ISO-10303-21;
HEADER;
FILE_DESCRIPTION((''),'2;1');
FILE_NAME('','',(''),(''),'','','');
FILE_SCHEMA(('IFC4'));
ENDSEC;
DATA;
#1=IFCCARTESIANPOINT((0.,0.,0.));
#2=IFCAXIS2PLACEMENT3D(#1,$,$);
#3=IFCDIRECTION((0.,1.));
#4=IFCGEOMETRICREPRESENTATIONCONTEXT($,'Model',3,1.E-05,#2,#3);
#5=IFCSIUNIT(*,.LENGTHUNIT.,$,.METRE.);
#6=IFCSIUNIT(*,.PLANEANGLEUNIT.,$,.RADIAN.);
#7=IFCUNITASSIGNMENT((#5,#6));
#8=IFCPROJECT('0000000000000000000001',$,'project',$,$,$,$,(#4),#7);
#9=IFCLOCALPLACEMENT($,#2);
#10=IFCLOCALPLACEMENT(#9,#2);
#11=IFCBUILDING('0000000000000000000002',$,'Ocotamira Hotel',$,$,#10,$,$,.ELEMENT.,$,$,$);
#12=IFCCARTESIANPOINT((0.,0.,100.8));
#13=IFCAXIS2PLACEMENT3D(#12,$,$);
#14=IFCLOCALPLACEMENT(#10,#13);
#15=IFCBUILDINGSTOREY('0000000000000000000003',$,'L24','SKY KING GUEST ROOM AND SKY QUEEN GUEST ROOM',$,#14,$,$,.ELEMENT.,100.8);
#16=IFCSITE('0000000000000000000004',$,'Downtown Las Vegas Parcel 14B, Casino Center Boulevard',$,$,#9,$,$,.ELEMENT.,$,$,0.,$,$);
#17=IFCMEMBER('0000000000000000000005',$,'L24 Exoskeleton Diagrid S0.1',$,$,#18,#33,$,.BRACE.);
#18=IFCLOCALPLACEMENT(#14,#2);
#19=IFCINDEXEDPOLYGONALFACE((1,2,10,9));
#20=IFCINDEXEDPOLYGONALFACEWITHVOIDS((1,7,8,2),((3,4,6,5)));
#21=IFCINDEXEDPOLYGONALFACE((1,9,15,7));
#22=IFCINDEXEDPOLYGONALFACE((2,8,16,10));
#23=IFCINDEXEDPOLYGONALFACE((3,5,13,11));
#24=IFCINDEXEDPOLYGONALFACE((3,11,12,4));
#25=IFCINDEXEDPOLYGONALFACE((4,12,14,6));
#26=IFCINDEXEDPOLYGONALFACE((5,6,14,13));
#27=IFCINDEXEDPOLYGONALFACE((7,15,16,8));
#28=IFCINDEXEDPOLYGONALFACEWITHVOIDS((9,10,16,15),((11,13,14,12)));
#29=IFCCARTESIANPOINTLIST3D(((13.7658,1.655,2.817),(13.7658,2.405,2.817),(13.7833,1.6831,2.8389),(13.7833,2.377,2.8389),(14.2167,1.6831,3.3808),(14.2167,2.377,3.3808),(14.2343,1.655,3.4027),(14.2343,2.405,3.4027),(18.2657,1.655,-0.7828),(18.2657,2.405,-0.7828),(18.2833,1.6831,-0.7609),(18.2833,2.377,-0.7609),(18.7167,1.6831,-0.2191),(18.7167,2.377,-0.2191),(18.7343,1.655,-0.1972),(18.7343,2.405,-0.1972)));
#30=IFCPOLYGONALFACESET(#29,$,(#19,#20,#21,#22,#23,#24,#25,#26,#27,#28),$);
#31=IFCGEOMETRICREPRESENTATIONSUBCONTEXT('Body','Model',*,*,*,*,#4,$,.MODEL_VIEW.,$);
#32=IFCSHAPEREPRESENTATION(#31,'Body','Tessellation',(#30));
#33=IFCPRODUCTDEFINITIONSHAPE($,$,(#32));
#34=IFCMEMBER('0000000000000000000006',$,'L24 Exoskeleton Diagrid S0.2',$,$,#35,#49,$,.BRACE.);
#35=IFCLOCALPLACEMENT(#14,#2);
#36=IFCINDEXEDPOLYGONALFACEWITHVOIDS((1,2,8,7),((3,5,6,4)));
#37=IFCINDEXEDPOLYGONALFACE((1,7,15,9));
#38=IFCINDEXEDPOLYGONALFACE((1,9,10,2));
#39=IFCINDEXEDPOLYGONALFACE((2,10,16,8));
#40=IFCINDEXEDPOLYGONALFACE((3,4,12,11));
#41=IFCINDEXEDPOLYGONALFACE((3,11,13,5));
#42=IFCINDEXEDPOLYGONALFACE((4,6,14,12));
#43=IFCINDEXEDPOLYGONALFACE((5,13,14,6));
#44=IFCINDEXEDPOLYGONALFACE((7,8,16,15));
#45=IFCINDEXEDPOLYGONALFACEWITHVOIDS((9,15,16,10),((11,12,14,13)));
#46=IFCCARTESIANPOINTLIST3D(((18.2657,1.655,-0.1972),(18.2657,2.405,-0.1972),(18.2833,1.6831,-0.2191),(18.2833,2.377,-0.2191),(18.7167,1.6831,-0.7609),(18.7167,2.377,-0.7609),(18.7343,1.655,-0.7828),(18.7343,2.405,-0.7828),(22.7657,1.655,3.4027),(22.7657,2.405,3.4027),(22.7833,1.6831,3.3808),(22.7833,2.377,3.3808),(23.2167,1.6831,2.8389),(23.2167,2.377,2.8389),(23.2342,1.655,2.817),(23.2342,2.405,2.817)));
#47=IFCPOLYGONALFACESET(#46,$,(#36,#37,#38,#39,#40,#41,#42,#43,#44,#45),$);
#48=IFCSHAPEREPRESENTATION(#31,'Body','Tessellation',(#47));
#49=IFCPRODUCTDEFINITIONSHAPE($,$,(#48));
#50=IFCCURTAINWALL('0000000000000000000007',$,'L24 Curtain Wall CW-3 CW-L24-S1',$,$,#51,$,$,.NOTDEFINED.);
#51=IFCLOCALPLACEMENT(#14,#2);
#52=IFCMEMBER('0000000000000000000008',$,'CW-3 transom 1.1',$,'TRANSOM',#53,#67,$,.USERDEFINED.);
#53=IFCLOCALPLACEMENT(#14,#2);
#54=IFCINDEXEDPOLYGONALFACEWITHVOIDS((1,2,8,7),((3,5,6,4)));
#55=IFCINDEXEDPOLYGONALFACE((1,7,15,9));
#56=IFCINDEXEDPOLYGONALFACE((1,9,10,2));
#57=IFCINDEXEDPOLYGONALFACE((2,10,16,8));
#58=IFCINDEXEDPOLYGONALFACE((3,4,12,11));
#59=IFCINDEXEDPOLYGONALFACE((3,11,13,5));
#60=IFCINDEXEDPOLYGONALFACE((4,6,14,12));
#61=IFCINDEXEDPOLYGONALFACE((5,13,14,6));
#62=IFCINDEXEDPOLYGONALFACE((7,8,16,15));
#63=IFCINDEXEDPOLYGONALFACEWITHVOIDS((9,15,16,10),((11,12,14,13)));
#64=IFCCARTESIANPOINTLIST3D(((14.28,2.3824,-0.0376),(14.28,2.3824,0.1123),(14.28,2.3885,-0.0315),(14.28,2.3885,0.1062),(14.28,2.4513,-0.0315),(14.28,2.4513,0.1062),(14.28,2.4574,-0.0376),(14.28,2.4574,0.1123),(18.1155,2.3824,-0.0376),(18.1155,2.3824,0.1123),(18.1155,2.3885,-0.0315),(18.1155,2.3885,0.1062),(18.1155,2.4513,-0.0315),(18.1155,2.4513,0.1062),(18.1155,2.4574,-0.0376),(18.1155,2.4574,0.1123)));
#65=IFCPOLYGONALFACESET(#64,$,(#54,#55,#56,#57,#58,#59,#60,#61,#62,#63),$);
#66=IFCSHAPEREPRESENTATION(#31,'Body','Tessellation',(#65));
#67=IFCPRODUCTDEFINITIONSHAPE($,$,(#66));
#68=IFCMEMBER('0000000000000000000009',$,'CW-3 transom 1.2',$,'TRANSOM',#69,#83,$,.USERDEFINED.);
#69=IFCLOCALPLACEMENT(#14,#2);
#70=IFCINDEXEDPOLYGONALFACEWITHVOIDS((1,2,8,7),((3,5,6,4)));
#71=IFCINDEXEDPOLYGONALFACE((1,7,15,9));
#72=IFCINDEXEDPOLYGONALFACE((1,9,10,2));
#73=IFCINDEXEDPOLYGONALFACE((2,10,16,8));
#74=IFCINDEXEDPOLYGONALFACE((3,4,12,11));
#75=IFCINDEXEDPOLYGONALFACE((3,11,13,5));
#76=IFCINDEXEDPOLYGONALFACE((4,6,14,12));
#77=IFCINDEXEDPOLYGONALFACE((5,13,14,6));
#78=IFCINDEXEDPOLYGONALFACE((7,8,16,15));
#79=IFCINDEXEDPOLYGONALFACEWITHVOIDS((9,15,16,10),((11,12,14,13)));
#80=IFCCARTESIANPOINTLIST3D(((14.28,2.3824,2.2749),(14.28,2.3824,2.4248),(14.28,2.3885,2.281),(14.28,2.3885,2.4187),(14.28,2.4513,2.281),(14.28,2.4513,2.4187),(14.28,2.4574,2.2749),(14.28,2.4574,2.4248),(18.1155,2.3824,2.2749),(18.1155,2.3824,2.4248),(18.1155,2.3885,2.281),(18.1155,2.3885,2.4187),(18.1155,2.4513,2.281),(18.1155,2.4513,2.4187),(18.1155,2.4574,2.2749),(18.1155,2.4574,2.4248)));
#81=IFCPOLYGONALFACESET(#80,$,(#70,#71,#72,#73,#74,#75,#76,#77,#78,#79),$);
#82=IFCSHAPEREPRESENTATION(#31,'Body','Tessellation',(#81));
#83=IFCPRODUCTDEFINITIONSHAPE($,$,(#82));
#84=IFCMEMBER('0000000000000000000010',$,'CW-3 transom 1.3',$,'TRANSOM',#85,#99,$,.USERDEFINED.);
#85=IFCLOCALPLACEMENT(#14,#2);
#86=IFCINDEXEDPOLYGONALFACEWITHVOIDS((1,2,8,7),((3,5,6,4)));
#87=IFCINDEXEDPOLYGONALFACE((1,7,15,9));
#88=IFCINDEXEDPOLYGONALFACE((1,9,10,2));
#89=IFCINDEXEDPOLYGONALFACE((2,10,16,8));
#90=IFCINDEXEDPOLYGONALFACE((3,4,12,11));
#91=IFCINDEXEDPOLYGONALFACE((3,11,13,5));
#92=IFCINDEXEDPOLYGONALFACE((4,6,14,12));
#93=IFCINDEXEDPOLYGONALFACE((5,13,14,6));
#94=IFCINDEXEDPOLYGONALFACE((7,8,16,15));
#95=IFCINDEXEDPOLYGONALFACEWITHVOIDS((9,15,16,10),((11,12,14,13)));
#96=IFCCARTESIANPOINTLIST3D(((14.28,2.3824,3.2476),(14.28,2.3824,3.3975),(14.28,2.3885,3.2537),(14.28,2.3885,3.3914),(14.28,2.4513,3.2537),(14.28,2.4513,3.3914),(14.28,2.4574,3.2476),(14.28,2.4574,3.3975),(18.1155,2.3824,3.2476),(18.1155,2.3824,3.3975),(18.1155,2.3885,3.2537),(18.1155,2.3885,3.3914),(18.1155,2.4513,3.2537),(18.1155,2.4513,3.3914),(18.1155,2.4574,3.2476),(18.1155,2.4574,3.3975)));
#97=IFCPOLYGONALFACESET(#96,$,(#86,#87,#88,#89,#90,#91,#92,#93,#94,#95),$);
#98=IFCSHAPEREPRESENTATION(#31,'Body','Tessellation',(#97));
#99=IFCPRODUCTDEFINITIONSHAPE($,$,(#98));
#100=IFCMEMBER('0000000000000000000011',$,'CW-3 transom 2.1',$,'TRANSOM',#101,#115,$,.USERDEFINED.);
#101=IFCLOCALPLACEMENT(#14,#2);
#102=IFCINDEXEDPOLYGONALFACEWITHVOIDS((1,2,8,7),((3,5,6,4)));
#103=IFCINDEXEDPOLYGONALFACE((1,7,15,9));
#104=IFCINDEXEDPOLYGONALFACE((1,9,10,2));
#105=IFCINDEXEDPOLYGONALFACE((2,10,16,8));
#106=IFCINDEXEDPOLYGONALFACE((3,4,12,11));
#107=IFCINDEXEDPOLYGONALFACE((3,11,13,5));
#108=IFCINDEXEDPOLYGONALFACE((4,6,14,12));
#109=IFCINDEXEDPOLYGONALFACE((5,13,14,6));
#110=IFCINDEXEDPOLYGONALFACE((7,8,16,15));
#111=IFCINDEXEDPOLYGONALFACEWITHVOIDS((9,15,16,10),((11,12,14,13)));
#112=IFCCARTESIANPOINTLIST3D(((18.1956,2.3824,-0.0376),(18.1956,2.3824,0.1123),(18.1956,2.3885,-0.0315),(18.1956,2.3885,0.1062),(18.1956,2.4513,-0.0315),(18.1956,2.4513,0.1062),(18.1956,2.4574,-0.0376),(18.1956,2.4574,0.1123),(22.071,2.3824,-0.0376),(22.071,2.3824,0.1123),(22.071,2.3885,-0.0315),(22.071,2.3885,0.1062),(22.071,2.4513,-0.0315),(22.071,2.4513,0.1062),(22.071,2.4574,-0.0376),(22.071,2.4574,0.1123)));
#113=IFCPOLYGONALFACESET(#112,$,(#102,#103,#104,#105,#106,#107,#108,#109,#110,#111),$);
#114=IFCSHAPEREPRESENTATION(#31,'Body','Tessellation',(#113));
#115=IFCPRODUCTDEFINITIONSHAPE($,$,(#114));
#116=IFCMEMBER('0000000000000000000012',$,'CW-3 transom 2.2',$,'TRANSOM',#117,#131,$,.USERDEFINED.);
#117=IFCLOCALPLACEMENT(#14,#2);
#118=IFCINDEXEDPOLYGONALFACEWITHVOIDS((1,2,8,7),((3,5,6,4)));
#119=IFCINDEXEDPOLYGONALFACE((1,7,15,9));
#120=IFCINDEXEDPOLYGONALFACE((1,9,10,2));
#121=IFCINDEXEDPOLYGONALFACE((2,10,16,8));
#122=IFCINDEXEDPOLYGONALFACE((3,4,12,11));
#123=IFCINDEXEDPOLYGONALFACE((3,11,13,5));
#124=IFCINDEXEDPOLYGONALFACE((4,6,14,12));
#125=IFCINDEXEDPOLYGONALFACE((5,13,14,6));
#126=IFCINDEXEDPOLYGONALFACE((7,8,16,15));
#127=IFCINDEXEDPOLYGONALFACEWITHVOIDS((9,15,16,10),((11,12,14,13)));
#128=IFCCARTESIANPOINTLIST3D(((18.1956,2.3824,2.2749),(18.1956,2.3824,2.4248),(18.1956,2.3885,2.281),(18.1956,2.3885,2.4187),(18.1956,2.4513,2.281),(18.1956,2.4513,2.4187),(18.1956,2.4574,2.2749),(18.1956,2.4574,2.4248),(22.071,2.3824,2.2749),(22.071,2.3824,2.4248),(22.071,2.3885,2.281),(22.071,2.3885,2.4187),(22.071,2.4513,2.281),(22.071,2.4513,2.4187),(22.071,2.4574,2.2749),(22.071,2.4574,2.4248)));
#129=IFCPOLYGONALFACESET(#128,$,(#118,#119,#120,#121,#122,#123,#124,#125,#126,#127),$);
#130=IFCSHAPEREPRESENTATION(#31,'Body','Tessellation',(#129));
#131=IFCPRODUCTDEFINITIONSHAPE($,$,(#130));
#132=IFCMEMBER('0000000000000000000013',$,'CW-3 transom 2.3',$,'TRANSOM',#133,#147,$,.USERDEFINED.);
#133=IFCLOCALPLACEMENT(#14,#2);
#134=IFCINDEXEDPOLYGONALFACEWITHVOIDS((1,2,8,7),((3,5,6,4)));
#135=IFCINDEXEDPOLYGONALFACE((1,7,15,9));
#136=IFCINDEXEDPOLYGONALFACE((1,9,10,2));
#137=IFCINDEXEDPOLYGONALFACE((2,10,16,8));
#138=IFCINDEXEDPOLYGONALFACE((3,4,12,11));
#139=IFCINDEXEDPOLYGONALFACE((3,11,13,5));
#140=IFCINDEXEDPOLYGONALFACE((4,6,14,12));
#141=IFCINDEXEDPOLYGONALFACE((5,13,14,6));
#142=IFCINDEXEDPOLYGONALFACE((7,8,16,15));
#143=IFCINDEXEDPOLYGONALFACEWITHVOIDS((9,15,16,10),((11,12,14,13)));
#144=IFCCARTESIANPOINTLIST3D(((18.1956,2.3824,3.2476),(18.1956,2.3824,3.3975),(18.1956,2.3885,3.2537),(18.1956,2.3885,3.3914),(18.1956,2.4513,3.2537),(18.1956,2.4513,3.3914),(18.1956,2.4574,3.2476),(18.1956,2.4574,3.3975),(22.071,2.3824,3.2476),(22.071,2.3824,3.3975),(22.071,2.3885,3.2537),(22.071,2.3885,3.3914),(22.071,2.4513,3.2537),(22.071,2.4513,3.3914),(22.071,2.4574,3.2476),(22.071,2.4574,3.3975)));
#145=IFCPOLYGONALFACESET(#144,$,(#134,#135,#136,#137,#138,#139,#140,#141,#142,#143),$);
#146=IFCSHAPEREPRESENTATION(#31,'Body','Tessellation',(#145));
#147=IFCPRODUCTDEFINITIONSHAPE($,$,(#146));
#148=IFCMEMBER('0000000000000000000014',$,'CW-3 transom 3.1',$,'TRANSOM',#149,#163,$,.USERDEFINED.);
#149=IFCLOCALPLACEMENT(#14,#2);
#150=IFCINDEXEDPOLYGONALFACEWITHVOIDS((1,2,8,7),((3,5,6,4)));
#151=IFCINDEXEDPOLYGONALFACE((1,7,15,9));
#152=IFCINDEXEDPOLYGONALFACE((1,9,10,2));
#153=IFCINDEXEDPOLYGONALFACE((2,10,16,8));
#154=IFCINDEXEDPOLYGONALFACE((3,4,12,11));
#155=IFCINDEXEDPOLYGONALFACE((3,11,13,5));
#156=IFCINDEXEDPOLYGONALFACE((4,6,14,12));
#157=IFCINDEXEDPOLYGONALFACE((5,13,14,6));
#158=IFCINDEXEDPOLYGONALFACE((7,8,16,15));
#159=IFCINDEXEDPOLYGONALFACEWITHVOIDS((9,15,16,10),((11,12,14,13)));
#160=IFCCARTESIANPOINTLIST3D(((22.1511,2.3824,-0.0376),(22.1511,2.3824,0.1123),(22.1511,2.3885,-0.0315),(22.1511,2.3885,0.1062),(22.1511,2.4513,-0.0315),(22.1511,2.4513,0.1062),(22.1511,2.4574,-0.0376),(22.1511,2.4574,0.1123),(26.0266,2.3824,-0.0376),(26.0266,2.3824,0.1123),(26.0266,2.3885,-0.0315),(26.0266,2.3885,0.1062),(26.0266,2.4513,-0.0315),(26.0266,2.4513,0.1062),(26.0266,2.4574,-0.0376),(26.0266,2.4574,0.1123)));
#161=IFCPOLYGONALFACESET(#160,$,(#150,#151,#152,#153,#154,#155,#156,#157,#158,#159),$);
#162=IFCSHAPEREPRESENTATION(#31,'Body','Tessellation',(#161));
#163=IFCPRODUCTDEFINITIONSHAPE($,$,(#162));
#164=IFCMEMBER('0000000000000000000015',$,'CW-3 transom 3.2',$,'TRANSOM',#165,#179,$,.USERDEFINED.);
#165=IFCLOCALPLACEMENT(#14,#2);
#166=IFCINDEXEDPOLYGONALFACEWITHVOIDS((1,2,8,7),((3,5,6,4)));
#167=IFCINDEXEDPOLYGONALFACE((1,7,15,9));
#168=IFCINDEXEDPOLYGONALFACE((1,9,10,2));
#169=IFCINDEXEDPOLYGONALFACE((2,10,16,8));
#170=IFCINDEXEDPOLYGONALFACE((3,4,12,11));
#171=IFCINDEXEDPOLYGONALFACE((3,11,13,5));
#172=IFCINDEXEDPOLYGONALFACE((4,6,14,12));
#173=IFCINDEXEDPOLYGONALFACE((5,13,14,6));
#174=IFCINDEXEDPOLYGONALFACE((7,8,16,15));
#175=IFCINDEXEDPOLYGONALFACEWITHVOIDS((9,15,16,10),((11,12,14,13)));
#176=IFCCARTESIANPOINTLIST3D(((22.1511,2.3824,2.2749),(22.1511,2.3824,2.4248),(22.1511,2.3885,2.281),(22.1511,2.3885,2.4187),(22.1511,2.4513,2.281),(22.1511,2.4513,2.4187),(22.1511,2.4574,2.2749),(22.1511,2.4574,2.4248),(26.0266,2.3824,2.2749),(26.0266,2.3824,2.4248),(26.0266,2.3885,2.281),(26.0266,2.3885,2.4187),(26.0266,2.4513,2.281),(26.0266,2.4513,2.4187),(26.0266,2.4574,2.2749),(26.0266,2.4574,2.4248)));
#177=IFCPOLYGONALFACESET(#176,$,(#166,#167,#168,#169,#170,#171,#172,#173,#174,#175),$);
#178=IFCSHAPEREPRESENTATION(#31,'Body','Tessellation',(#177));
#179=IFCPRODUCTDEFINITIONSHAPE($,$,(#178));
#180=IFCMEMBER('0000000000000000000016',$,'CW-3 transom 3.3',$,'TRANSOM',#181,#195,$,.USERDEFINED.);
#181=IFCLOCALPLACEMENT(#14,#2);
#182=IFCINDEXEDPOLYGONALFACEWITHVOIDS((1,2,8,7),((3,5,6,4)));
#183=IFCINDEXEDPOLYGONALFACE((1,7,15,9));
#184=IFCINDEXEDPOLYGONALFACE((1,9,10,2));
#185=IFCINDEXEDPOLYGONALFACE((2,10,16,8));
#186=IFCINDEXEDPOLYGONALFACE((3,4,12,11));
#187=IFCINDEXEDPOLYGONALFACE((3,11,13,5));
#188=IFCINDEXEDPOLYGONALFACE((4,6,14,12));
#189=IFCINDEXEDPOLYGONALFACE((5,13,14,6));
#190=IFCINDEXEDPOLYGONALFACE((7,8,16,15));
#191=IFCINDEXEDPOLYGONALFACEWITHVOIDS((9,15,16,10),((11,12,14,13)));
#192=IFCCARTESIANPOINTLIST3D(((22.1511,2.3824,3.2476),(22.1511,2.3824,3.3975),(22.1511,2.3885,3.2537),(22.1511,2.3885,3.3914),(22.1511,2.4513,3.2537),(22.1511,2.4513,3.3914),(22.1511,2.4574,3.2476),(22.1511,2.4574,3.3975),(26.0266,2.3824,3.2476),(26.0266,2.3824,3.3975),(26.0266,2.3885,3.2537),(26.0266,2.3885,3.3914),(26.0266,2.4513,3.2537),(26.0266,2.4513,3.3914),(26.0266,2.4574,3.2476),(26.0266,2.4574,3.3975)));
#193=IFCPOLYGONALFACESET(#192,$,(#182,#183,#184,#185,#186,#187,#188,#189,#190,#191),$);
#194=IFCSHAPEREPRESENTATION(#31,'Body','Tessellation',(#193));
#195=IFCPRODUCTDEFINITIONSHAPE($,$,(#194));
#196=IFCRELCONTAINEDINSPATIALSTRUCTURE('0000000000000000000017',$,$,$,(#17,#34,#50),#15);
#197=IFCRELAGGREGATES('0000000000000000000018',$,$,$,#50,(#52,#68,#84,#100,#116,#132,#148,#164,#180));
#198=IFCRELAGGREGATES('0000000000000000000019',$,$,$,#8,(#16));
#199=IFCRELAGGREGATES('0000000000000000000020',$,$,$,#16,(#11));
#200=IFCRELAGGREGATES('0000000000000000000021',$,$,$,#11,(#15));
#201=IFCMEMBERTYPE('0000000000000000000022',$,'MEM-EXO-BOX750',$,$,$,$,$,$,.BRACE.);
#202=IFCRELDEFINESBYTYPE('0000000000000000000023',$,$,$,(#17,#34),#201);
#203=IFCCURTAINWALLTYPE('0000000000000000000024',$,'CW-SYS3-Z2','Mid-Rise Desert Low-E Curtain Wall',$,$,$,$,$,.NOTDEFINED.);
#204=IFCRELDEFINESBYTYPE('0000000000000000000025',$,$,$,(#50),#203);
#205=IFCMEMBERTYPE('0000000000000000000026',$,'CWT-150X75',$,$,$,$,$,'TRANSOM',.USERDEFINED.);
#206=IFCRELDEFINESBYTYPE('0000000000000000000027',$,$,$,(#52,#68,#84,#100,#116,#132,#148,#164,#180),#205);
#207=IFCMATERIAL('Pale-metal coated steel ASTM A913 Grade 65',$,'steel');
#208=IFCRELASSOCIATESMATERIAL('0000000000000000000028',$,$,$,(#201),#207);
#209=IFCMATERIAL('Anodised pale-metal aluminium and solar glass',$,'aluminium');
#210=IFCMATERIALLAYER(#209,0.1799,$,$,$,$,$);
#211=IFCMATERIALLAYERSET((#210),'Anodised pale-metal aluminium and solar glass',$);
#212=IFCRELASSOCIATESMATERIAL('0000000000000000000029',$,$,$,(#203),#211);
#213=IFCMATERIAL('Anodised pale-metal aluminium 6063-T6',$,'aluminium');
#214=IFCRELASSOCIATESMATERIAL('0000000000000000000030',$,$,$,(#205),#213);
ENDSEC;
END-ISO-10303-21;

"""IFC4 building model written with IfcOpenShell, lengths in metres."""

from ifc_helpers import new_model, si_unit, direction, frame, origin, origin_2d, place, context, subcontext, project, spatial, hollow_rectangle, extrude, source, transform, mapped, material, layer, layer_set, material_profile, profile_set, type_object, element, aggregate, save


model = new_model("IFC4")

# Units and contexts
model_context = context("Model", 3, precision=1e-05, world=origin(), true_north=direction((0.0, 1.0)))
body_context = subcontext(model_context, "Body", "Model", "MODEL_VIEW")
ifc_project = project(units=[si_unit("LENGTHUNIT", "METRE"), si_unit("PLANEANGLEUNIT", "RADIAN")], contexts=[model_context])

# Site, building, storey
site_placement = place(None, origin())
site = spatial("IfcSite", under=ifc_project, at=site_placement, Name="Downtown Las Vegas Parcel 14B, Casino Center Boulevard", CompositionType="ELEMENT", RefElevation=0.0)
building_placement = place(site_placement, origin())
building = spatial("IfcBuilding", under=site, at=building_placement, Name="Ocotamira Hotel", CompositionType="ELEMENT")
storey_placement = place(building_placement, frame((0.0, 0.0, 100.8)))
storey = spatial("IfcBuildingStorey", under=building, at=storey_placement, Name="L24", Description="SKY KING GUEST ROOM AND SKY QUEEN GUEST ROOM", CompositionType="ELEMENT", Elevation=100.8)

# Members
ifc_material_1 = material(Name="Pale-metal coated steel ASTM A913 Grade 65", Category="steel")
ifc_material_profile_1 = material_profile(ifc_material_1, hollow_rectangle(XDim=0.75, YDim=0.75, WallThickness=0.0281, at=origin_2d()), Name="BOX750X750X28")
ifc_profile_set_1 = profile_set([ifc_material_profile_1], Name="Pale-metal coated steel ASTM A913 Grade 65")
member_type_1 = type_object("IfcMemberType", Name="MEM-EXO-BOX750", PredefinedType="BRACE", material=ifc_profile_set_1)
shared_shape_1 = source(origin(), body_context, "Body", "SweptSolid", [
    extrude(hollow_rectangle(XDim=0.75, YDim=0.75, WallThickness=0.0281, at=origin_2d()), origin(), (0.0, 0.0, 1.0), 5.7627),
])
for number, where, z_axis, x_axis, name in (
    (1, (18.5, 2.03, -0.49), (-0.780881, 0.0, 0.62468), (0.0, -1.0, 0.0), "L24 Exoskeleton Diagrid S0.1"),
    (2, (18.5, 2.03, -0.49), (0.780881, 0.0, 0.62468), (0.0, 1.0, 0.0), "L24 Exoskeleton Diagrid S0.2"),
):
    element("IfcMember", number, at=place(storey_placement, frame(where, z_axis=z_axis, x_axis=x_axis)), inside=storey, type_object=member_type_1, Name=name, PredefinedType="BRACE", context=body_context, shape_type="MappedRepresentation", body=[
        mapped(shared_shape_1, transform((0.0, 0.0, 0.0), scale=1.0)),
    ])

# Curtain wall, members
ifc_material_2 = material(Name="Anodised pale-metal aluminium and solar glass", Category="aluminium")
ifc_layer_1 = layer(ifc_material_2, 0.1799)
ifc_layer_set_1 = layer_set([ifc_layer_1], Name="Anodised pale-metal aluminium and solar glass")
curtain_wall_type = type_object("IfcCurtainWallType", Name="CW-SYS3-Z2", Description="Mid-Rise Desert Low-E Curtain Wall", PredefinedType="NOTDEFINED", material=ifc_layer_set_1)
curtain_wall_placement = place(storey_placement, origin())
curtain_wall = element("IfcCurtainWall", 3, at=curtain_wall_placement, inside=storey, type_object=curtain_wall_type, Name="L24 Curtain Wall CW-3 CW-L24-S1", PredefinedType="NOTDEFINED")
ifc_material_3 = material(Name="Anodised pale-metal aluminium 6063-T6", Category="aluminium")
ifc_material_profile_2 = material_profile(ifc_material_3, hollow_rectangle(XDim=0.075, YDim=0.1499, WallThickness=0.0061, at=origin_2d()), Name="HSS150X75X6")
ifc_profile_set_2 = profile_set([ifc_material_profile_2], Name="Anodised pale-metal aluminium 6063-T6")
member_type_2 = type_object("IfcMemberType", Name="CWT-150X75", ElementType="TRANSOM", PredefinedType="USERDEFINED", material=ifc_profile_set_2)
shared_shape_2 = source(origin(), body_context, "Body", "SweptSolid", [
    extrude(hollow_rectangle(XDim=0.075, YDim=0.1499, WallThickness=0.0061, at=origin_2d()), origin(), (0.0, 0.0, 1.0), 3.8354),
])
member_1_placement = place(storey_placement, frame((14.28, 2.4199, 0.0374), z_axis=(1.0, 0.0, 0.0), x_axis=(0.0, 1.0, 0.0)))
member_1 = element("IfcMember", 4, at=member_1_placement, type_object=member_type_2, Name="CW-3 transom 1.1", ObjectType="TRANSOM", PredefinedType="USERDEFINED", context=body_context, shape_type="MappedRepresentation", body=[
    mapped(shared_shape_2, transform((0.0, 0.0, 0.0), scale=1.0)),
])
member_2_placement = place(storey_placement, frame((14.28, 2.4199, 2.3499), z_axis=(1.0, 0.0, 0.0), x_axis=(0.0, 1.0, 0.0)))
member_2 = element("IfcMember", 5, at=member_2_placement, type_object=member_type_2, Name="CW-3 transom 1.2", ObjectType="TRANSOM", PredefinedType="USERDEFINED", context=body_context, shape_type="MappedRepresentation", body=[
    mapped(shared_shape_2, transform((0.0, 0.0, 0.0), scale=1.0)),
])
member_3_placement = place(storey_placement, frame((14.28, 2.4199, 3.3225), z_axis=(1.0, 0.0, 0.0), x_axis=(0.0, 1.0, 0.0)))
member_3 = element("IfcMember", 6, at=member_3_placement, type_object=member_type_2, Name="CW-3 transom 1.3", ObjectType="TRANSOM", PredefinedType="USERDEFINED", context=body_context, shape_type="MappedRepresentation", body=[
    mapped(shared_shape_2, transform((0.0, 0.0, 0.0), scale=1.0)),
])
shared_shape_3 = source(origin(), body_context, "Body", "SweptSolid", [
    extrude(hollow_rectangle(XDim=0.075, YDim=0.1499, WallThickness=0.0061, at=origin_2d()), origin(), (0.0, 0.0, 1.0), 3.8755),
])
member_4_placement = place(storey_placement, frame((18.1956, 2.4199, 0.0374), z_axis=(1.0, 0.0, 0.0), x_axis=(0.0, 1.0, 0.0)))
member_4 = element("IfcMember", 7, at=member_4_placement, type_object=member_type_2, Name="CW-3 transom 2.1", ObjectType="TRANSOM", PredefinedType="USERDEFINED", context=body_context, shape_type="MappedRepresentation", body=[
    mapped(shared_shape_3, transform((0.0, 0.0, 0.0), scale=1.0)),
])
member_5_placement = place(storey_placement, frame((18.1956, 2.4199, 2.3499), z_axis=(1.0, 0.0, 0.0), x_axis=(0.0, 1.0, 0.0)))
member_5 = element("IfcMember", 8, at=member_5_placement, type_object=member_type_2, Name="CW-3 transom 2.2", ObjectType="TRANSOM", PredefinedType="USERDEFINED", context=body_context, shape_type="MappedRepresentation", body=[
    mapped(shared_shape_3, transform((0.0, 0.0, 0.0), scale=1.0)),
])
member_6_placement = place(storey_placement, frame((18.1956, 2.4199, 3.3225), z_axis=(1.0, 0.0, 0.0), x_axis=(0.0, 1.0, 0.0)))
member_6 = element("IfcMember", 9, at=member_6_placement, type_object=member_type_2, Name="CW-3 transom 2.3", ObjectType="TRANSOM", PredefinedType="USERDEFINED", context=body_context, shape_type="MappedRepresentation", body=[
    mapped(shared_shape_3, transform((0.0, 0.0, 0.0), scale=1.0)),
])
member_7_placement = place(storey_placement, frame((22.1511, 2.4199, 0.0374), z_axis=(1.0, 0.0, 0.0), x_axis=(0.0, 1.0, 0.0)))
member_7 = element("IfcMember", 10, at=member_7_placement, type_object=member_type_2, Name="CW-3 transom 3.1", ObjectType="TRANSOM", PredefinedType="USERDEFINED", context=body_context, shape_type="MappedRepresentation", body=[
    mapped(shared_shape_3, transform((0.0, 0.0, 0.0), scale=1.0)),
])
member_8_placement = place(storey_placement, frame((22.1511, 2.4199, 2.3499), z_axis=(1.0, 0.0, 0.0), x_axis=(0.0, 1.0, 0.0)))
member_8 = element("IfcMember", 11, at=member_8_placement, type_object=member_type_2, Name="CW-3 transom 3.2", ObjectType="TRANSOM", PredefinedType="USERDEFINED", context=body_context, shape_type="MappedRepresentation", body=[
    mapped(shared_shape_3, transform((0.0, 0.0, 0.0), scale=1.0)),
])
member_9_placement = place(storey_placement, frame((22.1511, 2.4199, 3.3225), z_axis=(1.0, 0.0, 0.0), x_axis=(0.0, 1.0, 0.0)))
member_9 = element("IfcMember", 12, at=member_9_placement, type_object=member_type_2, Name="CW-3 transom 3.3", ObjectType="TRANSOM", PredefinedType="USERDEFINED", context=body_context, shape_type="MappedRepresentation", body=[
    mapped(shared_shape_3, transform((0.0, 0.0, 0.0), scale=1.0)),
])

aggregate(curtain_wall, [member_1, member_2, member_3, member_4, member_5, member_6, member_7, member_8, member_9])

save(model, "model.ifc")
